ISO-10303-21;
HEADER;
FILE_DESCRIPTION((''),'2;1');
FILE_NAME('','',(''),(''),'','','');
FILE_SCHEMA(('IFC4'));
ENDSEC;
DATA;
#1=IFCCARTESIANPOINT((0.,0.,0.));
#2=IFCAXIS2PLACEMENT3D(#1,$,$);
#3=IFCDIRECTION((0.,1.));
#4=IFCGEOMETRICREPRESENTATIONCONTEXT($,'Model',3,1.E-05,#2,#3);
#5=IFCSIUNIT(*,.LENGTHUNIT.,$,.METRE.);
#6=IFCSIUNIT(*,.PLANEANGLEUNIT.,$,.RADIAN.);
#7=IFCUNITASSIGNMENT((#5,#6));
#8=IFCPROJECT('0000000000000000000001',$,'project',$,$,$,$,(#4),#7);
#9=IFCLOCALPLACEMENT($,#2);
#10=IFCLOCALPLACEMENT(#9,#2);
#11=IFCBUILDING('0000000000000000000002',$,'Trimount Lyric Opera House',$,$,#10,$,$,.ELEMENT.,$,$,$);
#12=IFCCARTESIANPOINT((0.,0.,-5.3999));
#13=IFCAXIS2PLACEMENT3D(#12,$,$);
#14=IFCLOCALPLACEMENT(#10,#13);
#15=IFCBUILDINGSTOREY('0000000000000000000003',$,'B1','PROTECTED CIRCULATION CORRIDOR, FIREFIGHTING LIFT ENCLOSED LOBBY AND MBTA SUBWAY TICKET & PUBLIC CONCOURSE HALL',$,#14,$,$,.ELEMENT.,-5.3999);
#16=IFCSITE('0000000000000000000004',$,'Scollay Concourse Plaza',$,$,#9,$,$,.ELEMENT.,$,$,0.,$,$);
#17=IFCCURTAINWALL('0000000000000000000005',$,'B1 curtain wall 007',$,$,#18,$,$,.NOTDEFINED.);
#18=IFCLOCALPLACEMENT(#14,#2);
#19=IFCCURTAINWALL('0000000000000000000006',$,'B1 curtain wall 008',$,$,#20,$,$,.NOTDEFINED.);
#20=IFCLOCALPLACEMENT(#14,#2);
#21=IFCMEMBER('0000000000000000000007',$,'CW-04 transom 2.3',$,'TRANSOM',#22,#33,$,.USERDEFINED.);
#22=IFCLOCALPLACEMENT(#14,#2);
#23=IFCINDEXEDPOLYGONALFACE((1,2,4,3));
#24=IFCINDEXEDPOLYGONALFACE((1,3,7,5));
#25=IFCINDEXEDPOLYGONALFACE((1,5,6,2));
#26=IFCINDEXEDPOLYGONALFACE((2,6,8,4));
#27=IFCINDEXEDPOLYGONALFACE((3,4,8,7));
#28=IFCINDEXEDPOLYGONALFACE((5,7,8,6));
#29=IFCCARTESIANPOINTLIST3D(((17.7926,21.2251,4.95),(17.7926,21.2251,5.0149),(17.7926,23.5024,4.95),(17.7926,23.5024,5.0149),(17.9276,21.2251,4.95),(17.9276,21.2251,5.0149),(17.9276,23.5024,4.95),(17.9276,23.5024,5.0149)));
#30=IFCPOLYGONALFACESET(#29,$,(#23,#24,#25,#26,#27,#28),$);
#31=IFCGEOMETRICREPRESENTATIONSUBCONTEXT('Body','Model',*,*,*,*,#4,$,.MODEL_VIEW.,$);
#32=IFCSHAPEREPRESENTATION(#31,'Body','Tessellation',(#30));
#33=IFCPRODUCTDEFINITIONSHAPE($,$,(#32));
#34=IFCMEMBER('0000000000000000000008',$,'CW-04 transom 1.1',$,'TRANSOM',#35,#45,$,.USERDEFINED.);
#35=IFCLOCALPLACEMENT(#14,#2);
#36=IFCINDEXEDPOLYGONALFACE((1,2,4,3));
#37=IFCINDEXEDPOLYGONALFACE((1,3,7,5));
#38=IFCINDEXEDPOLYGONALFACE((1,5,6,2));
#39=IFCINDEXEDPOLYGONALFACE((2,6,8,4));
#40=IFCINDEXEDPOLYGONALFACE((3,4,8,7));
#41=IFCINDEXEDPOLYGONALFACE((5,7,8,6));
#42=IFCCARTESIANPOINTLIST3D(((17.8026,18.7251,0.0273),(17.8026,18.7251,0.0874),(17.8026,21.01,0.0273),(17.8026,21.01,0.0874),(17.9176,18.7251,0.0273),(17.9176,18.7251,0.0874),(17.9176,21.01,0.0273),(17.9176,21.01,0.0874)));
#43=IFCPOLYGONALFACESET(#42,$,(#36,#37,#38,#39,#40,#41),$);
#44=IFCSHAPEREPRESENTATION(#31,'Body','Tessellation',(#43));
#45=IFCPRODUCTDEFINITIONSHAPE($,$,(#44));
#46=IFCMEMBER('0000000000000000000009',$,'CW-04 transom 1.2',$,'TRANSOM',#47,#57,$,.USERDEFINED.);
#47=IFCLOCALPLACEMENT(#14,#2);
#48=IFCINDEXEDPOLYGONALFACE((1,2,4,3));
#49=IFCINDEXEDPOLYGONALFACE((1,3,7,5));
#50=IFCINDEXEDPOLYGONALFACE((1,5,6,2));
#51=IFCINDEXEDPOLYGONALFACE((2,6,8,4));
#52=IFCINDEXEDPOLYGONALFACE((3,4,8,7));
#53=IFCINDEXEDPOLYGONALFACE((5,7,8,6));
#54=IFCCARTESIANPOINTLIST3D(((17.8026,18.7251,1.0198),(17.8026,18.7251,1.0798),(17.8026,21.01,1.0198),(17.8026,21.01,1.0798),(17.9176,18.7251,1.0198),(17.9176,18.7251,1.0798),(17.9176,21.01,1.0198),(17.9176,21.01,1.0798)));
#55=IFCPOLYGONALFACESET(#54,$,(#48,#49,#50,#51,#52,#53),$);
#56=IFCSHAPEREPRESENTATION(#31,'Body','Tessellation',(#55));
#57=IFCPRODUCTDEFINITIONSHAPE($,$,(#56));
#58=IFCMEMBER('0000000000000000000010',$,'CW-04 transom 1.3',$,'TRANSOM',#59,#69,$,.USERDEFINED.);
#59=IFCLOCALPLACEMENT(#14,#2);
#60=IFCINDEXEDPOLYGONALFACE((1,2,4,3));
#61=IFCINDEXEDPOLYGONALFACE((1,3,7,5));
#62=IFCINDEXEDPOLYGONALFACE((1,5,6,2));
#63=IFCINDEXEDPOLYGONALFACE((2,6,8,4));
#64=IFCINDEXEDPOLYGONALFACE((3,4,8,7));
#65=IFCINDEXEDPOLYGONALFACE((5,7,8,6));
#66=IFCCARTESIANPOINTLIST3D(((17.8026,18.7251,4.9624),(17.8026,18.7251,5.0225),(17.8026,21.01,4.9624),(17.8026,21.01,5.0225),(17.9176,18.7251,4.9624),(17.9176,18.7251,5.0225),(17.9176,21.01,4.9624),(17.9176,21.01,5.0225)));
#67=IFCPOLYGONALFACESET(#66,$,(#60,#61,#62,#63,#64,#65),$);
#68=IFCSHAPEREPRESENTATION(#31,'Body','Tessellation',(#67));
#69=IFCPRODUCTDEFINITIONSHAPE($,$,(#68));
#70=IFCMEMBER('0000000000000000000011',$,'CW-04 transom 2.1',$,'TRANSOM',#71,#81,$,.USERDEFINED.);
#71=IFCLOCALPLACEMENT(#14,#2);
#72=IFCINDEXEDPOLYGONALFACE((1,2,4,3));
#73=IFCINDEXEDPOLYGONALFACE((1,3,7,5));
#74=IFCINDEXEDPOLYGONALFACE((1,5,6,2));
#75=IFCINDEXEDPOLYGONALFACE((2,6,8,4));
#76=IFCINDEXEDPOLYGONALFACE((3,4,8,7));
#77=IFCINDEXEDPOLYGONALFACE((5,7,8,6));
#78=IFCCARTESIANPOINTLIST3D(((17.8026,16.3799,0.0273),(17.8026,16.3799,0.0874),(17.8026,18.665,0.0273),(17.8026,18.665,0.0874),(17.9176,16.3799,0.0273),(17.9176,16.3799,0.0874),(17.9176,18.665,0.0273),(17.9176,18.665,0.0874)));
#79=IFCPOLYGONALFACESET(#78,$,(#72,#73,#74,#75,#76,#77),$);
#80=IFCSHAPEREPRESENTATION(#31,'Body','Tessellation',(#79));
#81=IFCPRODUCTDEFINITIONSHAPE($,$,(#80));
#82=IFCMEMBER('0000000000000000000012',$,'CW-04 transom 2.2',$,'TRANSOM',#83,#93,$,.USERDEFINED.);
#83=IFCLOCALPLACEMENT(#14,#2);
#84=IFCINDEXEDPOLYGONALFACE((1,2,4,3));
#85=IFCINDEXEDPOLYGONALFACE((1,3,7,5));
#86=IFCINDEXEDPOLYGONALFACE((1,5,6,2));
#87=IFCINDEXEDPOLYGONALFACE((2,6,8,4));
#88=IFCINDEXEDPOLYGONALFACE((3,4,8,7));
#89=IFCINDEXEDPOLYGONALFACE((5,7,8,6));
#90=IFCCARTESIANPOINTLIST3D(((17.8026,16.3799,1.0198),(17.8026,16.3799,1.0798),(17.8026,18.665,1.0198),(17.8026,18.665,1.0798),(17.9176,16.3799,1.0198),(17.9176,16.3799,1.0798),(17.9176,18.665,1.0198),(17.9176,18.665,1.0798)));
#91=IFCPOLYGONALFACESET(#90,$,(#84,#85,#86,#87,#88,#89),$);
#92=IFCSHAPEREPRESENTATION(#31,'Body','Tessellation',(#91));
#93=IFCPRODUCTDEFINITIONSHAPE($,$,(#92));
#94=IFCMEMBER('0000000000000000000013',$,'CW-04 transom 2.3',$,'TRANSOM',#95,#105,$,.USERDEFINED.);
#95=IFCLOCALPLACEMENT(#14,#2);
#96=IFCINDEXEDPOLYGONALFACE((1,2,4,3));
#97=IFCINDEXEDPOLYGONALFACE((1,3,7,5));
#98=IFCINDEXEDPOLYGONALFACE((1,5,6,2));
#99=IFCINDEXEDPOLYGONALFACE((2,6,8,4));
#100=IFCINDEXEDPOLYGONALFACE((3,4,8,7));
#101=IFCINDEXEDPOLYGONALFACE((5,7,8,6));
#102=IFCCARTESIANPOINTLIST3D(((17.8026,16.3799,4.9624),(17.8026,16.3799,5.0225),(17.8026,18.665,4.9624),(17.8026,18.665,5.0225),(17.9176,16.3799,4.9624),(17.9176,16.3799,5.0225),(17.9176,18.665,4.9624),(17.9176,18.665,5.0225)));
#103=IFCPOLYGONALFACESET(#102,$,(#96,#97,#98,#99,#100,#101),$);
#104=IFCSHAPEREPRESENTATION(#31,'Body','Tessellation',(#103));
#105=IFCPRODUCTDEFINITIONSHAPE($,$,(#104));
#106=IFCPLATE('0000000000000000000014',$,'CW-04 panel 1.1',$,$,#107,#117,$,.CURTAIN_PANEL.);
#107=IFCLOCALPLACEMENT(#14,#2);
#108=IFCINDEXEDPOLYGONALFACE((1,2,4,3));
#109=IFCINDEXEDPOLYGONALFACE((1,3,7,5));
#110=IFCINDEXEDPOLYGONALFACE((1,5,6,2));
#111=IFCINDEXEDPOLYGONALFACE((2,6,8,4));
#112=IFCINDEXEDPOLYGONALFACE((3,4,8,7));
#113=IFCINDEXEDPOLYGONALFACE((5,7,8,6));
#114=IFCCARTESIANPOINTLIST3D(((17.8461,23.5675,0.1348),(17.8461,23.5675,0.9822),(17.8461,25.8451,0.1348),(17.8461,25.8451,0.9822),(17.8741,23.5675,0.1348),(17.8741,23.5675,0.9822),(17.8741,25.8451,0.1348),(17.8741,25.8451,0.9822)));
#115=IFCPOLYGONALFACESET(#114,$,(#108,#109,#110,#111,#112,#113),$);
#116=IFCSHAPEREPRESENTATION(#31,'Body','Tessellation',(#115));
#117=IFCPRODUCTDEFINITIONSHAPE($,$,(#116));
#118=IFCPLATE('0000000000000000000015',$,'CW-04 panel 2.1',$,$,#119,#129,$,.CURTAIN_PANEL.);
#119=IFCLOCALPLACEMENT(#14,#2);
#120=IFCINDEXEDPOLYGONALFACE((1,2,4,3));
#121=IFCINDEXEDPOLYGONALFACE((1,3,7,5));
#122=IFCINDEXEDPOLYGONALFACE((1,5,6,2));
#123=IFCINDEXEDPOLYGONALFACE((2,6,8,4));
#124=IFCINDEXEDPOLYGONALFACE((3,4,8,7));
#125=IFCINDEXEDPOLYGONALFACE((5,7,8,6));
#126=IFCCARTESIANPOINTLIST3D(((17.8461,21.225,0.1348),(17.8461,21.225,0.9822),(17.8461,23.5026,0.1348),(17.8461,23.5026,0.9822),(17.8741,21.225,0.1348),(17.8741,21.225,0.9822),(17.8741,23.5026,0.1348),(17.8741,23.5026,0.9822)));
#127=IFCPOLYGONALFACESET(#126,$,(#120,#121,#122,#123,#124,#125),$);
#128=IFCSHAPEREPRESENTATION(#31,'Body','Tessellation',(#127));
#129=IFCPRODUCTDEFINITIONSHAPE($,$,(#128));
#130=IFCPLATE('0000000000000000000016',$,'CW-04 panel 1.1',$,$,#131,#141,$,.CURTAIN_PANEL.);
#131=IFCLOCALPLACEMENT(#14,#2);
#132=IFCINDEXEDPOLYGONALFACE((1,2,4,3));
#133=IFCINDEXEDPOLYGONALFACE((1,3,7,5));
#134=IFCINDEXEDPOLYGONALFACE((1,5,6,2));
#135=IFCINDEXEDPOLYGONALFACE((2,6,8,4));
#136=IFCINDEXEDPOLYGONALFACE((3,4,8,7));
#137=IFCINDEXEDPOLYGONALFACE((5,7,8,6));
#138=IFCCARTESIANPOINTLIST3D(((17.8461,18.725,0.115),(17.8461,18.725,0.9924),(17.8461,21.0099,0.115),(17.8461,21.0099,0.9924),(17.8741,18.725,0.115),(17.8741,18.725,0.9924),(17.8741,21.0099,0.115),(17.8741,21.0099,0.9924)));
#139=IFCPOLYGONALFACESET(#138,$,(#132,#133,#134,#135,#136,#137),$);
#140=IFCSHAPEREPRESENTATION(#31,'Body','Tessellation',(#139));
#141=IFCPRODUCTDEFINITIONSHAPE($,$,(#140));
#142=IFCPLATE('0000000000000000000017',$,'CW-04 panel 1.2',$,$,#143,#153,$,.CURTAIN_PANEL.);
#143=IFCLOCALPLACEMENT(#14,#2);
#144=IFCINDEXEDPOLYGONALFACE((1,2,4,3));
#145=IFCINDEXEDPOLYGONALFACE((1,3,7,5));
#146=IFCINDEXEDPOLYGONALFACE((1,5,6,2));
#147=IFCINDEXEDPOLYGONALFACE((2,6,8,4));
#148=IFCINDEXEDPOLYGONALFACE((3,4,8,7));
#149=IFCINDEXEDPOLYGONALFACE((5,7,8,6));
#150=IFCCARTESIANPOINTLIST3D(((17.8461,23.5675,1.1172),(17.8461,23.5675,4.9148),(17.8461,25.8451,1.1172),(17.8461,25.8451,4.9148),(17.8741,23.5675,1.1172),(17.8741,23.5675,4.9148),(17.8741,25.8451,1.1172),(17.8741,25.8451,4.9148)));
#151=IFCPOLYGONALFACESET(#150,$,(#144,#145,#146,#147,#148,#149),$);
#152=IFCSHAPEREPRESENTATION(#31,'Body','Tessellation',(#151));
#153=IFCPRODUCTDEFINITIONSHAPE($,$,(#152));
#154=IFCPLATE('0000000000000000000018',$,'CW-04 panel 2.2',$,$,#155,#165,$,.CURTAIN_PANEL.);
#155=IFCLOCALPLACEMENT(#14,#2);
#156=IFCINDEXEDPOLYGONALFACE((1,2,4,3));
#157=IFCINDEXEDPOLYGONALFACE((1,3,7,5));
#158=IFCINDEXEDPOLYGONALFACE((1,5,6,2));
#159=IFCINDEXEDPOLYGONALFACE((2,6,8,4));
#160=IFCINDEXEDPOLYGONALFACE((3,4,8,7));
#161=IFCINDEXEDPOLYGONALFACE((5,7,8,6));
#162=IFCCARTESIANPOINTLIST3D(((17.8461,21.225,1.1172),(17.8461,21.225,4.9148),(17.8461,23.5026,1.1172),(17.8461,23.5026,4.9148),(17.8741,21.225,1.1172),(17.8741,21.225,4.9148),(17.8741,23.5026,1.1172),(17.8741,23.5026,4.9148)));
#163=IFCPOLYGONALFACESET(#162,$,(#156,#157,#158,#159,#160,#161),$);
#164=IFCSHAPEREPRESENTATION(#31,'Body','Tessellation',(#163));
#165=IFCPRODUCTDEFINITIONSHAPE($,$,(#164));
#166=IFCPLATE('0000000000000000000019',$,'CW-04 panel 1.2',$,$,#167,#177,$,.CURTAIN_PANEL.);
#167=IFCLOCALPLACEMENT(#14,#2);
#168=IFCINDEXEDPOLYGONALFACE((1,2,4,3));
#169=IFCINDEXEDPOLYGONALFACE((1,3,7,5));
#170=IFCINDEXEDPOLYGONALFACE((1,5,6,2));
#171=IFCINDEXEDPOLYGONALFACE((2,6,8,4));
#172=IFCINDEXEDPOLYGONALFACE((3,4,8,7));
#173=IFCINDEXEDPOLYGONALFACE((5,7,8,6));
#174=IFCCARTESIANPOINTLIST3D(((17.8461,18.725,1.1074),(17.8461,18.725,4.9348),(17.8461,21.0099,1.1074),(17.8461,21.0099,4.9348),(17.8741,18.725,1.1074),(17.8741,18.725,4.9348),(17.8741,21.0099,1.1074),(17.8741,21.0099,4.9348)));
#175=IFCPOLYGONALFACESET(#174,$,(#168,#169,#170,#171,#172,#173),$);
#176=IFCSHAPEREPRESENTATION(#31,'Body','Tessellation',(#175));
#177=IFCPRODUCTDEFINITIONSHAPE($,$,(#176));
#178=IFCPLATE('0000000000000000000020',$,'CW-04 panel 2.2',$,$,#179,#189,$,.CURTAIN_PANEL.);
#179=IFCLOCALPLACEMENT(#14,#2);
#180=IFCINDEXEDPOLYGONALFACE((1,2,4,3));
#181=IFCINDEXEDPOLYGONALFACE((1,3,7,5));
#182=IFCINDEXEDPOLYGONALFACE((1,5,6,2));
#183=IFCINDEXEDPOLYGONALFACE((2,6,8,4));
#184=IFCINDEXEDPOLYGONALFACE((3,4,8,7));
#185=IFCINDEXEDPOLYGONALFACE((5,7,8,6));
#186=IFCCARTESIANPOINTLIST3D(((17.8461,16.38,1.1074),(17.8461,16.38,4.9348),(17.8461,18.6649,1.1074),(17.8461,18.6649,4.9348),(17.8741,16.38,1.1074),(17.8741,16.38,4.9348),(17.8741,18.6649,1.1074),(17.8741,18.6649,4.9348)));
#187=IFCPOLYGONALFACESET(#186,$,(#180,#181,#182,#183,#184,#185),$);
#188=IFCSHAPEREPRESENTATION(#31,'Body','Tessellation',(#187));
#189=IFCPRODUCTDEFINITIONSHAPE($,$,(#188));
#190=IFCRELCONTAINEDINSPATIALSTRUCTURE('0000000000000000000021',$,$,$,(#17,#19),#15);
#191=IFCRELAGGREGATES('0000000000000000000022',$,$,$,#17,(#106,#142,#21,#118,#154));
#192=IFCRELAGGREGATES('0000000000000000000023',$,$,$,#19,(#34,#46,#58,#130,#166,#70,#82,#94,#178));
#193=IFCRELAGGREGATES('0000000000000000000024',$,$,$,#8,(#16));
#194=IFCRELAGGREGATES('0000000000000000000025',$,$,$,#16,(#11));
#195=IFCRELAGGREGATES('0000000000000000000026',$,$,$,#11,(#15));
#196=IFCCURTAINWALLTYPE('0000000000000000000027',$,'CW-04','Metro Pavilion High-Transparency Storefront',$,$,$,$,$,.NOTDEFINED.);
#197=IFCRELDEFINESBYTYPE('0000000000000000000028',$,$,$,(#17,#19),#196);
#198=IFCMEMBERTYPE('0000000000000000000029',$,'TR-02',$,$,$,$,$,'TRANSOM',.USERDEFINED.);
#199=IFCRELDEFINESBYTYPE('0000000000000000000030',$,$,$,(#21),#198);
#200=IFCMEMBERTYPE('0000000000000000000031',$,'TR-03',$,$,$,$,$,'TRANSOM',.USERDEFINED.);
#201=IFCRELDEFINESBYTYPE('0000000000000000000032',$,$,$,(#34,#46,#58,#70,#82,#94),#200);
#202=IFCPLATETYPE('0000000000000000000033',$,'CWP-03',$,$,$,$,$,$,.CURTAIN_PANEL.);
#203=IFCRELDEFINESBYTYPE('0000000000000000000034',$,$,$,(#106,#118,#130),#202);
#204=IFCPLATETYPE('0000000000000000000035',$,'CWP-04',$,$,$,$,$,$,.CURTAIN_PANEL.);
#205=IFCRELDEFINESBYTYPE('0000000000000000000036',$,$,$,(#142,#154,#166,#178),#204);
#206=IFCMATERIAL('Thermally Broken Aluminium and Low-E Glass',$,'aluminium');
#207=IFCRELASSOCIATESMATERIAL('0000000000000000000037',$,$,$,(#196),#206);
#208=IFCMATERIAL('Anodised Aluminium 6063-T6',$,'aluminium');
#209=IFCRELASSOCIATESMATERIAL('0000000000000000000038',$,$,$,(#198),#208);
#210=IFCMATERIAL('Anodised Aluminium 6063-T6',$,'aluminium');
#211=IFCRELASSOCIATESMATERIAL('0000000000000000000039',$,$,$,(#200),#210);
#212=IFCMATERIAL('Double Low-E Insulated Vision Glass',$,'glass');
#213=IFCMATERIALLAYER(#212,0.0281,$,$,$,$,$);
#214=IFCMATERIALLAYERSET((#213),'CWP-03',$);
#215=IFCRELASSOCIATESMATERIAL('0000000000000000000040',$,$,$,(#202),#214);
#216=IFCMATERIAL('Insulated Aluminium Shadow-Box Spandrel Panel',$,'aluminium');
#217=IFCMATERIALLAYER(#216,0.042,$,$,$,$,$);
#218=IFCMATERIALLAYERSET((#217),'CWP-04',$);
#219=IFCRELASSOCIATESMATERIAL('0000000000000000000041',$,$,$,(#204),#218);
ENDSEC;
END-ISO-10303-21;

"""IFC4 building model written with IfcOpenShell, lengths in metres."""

from ifc_helpers import new_model, si_unit, direction, frame, origin, origin_2d, place, context, subcontext, project, spatial, rectangle, extrude, material, layer, layer_set, material_profile, profile_set, type_object, element, aggregate, save


model = new_model("IFC4")

# Units and contexts
model_context = context("Model", 3, precision=1e-05, world=origin(), true_north=direction((0.0, 1.0)))
body_context = subcontext(model_context, "Body", "Model", "MODEL_VIEW")
ifc_project = project(units=[si_unit("LENGTHUNIT", "METRE"), si_unit("PLANEANGLEUNIT", "RADIAN")], contexts=[model_context])

# Site, building, storey
site_placement = place(None, origin())
site = spatial("IfcSite", under=ifc_project, at=site_placement, Name="Scollay Concourse Plaza", CompositionType="ELEMENT", RefElevation=0.0)
building_placement = place(site_placement, origin())
building = spatial("IfcBuilding", under=site, at=building_placement, Name="Trimount Lyric Opera House", CompositionType="ELEMENT")
storey_placement = place(building_placement, frame((0.0, 0.0, -5.3999)))
storey = spatial("IfcBuildingStorey", under=building, at=storey_placement, Name="B1", Description="PROTECTED CIRCULATION CORRIDOR, FIREFIGHTING LIFT ENCLOSED LOBBY AND MBTA SUBWAY TICKET & PUBLIC CONCOURSE HALL", CompositionType="ELEMENT", Elevation=-5.3999)

# Curtain walls
ifc_material_1 = material(Name="Thermally Broken Aluminium and Low-E Glass", Category="aluminium")
curtain_wall_type = type_object("IfcCurtainWallType", Name="CW-04", Description="Metro Pavilion High-Transparency Storefront", PredefinedType="NOTDEFINED", material=ifc_material_1)
curtain_wall_1_placement = place(storey_placement, origin())
curtain_wall_1 = element("IfcCurtainWall", 1, at=curtain_wall_1_placement, inside=storey, type_object=curtain_wall_type, Name="B1 curtain wall 007", PredefinedType="NOTDEFINED")
curtain_wall_2_placement = place(storey_placement, origin())
curtain_wall_2 = element("IfcCurtainWall", 2, at=curtain_wall_2_placement, inside=storey, type_object=curtain_wall_type, Name="B1 curtain wall 008", PredefinedType="NOTDEFINED")

# Members
ifc_material_2 = material(Name="Anodised Aluminium 6063-T6", Category="aluminium")
ifc_material_profile_1 = material_profile(ifc_material_2, rectangle(XDim=0.135, YDim=0.0649, at=origin_2d()), Name="ALU-TRAN-65X135")
ifc_profile_set_1 = profile_set([ifc_material_profile_1], Name="Anodised Aluminium 6063-T6")
member_type_1 = type_object("IfcMemberType", Name="TR-02", ElementType="TRANSOM", PredefinedType="USERDEFINED", material=ifc_profile_set_1)
member_1_placement = place(storey_placement, frame((17.8601, 23.5024, 4.9824), z_axis=(0.0, -1.0, 0.0), x_axis=(1.0, 0.0, 0.0)))
member_1 = element("IfcMember", 3, at=member_1_placement, type_object=member_type_1, Name="CW-04 transom 2.3", ObjectType="TRANSOM", PredefinedType="USERDEFINED", context=body_context, shape_type="SweptSolid", body=[
    extrude(rectangle(XDim=0.135, YDim=0.0649, at=origin_2d()), origin(), (0.0, 0.0, 1.0), 2.2773),
])
ifc_material_3 = material(Name="Anodised Aluminium 6063-T6", Category="aluminium")
ifc_material_profile_2 = material_profile(ifc_material_3, rectangle(XDim=0.115, YDim=0.0601, at=origin_2d()), Name="ALU-TRAN-60X115")
ifc_profile_set_2 = profile_set([ifc_material_profile_2], Name="Anodised Aluminium 6063-T6")
member_type_2 = type_object("IfcMemberType", Name="TR-03", ElementType="TRANSOM", PredefinedType="USERDEFINED", material=ifc_profile_set_2)
member_2_placement = place(storey_placement, frame((17.8601, 21.01, 0.0574), z_axis=(0.0, -1.0, 0.0), x_axis=(1.0, 0.0, 0.0)))
member_2 = element("IfcMember", 4, at=member_2_placement, type_object=member_type_2, Name="CW-04 transom 1.1", ObjectType="TRANSOM", PredefinedType="USERDEFINED", context=body_context, shape_type="SweptSolid", body=[
    extrude(rectangle(XDim=0.115, YDim=0.0601, at=origin_2d()), origin(), (0.0, 0.0, 1.0), 2.2849),
])
member_3_placement = place(storey_placement, frame((17.8601, 21.01, 1.0498), z_axis=(0.0, -1.0, 0.0), x_axis=(1.0, 0.0, 0.0)))
member_3 = element("IfcMember", 5, at=member_3_placement, type_object=member_type_2, Name="CW-04 transom 1.2", ObjectType="TRANSOM", PredefinedType="USERDEFINED", context=body_context, shape_type="SweptSolid", body=[
    extrude(rectangle(XDim=0.115, YDim=0.0601, at=origin_2d()), origin(), (0.0, 0.0, 1.0), 2.2849),
])
member_4_placement = place(storey_placement, frame((17.8601, 21.01, 4.9924), z_axis=(0.0, -1.0, 0.0), x_axis=(1.0, 0.0, 0.0)))
member_4 = element("IfcMember", 6, at=member_4_placement, type_object=member_type_2, Name="CW-04 transom 1.3", ObjectType="TRANSOM", PredefinedType="USERDEFINED", context=body_context, shape_type="SweptSolid", body=[
    extrude(rectangle(XDim=0.115, YDim=0.0601, at=origin_2d()), origin(), (0.0, 0.0, 1.0), 2.2849),
])
member_5_placement = place(storey_placement, frame((17.8601, 18.665, 0.0574), z_axis=(0.0, -1.0, 0.0), x_axis=(1.0, 0.0, 0.0)))
member_5 = element("IfcMember", 7, at=member_5_placement, type_object=member_type_2, Name="CW-04 transom 2.1", ObjectType="TRANSOM", PredefinedType="USERDEFINED", context=body_context, shape_type="SweptSolid", body=[
    extrude(rectangle(XDim=0.115, YDim=0.0601, at=origin_2d()), origin(), (0.0, 0.0, 1.0), 2.2852),
])
member_6_placement = place(storey_placement, frame((17.8601, 18.665, 1.0498), z_axis=(0.0, -1.0, 0.0), x_axis=(1.0, 0.0, 0.0)))
member_6 = element("IfcMember", 8, at=member_6_placement, type_object=member_type_2, Name="CW-04 transom 2.2", ObjectType="TRANSOM", PredefinedType="USERDEFINED", context=body_context, shape_type="SweptSolid", body=[
    extrude(rectangle(XDim=0.115, YDim=0.0601, at=origin_2d()), origin(), (0.0, 0.0, 1.0), 2.2852),
])
member_7_placement = place(storey_placement, frame((17.8601, 18.665, 4.9924), z_axis=(0.0, -1.0, 0.0), x_axis=(1.0, 0.0, 0.0)))
member_7 = element("IfcMember", 9, at=member_7_placement, type_object=member_type_2, Name="CW-04 transom 2.3", ObjectType="TRANSOM", PredefinedType="USERDEFINED", context=body_context, shape_type="SweptSolid", body=[
    extrude(rectangle(XDim=0.115, YDim=0.0601, at=origin_2d()), origin(), (0.0, 0.0, 1.0), 2.2852),
])

# Plates
ifc_material_4 = material(Name="Double Low-E Insulated Vision Glass", Category="glass")
ifc_layer_1 = layer(ifc_material_4, 0.0281)
ifc_layer_set_1 = layer_set([ifc_layer_1], Name="CWP-03")
plate_type_1 = type_object("IfcPlateType", Name="CWP-03", PredefinedType="CURTAIN_PANEL", material=ifc_layer_set_1)
plate_1_placement = place(storey_placement, frame((17.8601, 24.7063, 0.1348), z_axis=(0.0, 0.0, 1.0), x_axis=(0.0, -1.0, 0.0)))
plate_1 = element("IfcPlate", 10, at=plate_1_placement, type_object=plate_type_1, Name="CW-04 panel 1.1", PredefinedType="CURTAIN_PANEL", context=body_context, shape_type="SweptSolid", body=[
    extrude(rectangle(XDim=2.2776, YDim=0.0281, at=origin_2d()), origin(), (0.0, 0.0, 1.0), 0.8474),
])
plate_2_placement = place(storey_placement, frame((17.8601, 22.3638, 0.1348), z_axis=(0.0, 0.0, 1.0), x_axis=(0.0, -1.0, 0.0)))
plate_2 = element("IfcPlate", 11, at=plate_2_placement, type_object=plate_type_1, Name="CW-04 panel 2.1", PredefinedType="CURTAIN_PANEL", context=body_context, shape_type="SweptSolid", body=[
    extrude(rectangle(XDim=2.2776, YDim=0.0281, at=origin_2d()), origin(), (0.0, 0.0, 1.0), 0.8474),
])
plate_3_placement = place(storey_placement, frame((17.8601, 19.8674, 0.115), z_axis=(0.0, 0.0, 1.0), x_axis=(0.0, -1.0, 0.0)))
plate_3 = element("IfcPlate", 12, at=plate_3_placement, type_object=plate_type_1, Name="CW-04 panel 1.1", PredefinedType="CURTAIN_PANEL", context=body_context, shape_type="SweptSolid", body=[
    extrude(rectangle(XDim=2.2849, YDim=0.0281, at=origin_2d()), origin(), (0.0, 0.0, 1.0), 0.8774),
])
ifc_material_5 = material(Name="Insulated Aluminium Shadow-Box Spandrel Panel", Category="aluminium")
ifc_layer_2 = layer(ifc_material_5, 0.042)
ifc_layer_set_2 = layer_set([ifc_layer_2], Name="CWP-04")
plate_type_2 = type_object("IfcPlateType", Name="CWP-04", PredefinedType="CURTAIN_PANEL", material=ifc_layer_set_2)
plate_4_placement = place(storey_placement, frame((17.8601, 24.7063, 1.1172), z_axis=(0.0, 0.0, 1.0), x_axis=(0.0, -1.0, 0.0)))
plate_4 = element("IfcPlate", 13, at=plate_4_placement, type_object=plate_type_2, Name="CW-04 panel 1.2", PredefinedType="CURTAIN_PANEL", context=body_context, shape_type="SweptSolid", body=[
    extrude(rectangle(XDim=2.2776, YDim=0.0281, at=origin_2d()), origin(), (0.0, 0.0, 1.0), 3.7976),
])
plate_5_placement = place(storey_placement, frame((17.8601, 22.3638, 1.1172), z_axis=(0.0, 0.0, 1.0), x_axis=(0.0, -1.0, 0.0)))
plate_5 = element("IfcPlate", 14, at=plate_5_placement, type_object=plate_type_2, Name="CW-04 panel 2.2", PredefinedType="CURTAIN_PANEL", context=body_context, shape_type="SweptSolid", body=[
    extrude(rectangle(XDim=2.2776, YDim=0.0281, at=origin_2d()), origin(), (0.0, 0.0, 1.0), 3.7976),
])
aggregate(curtain_wall_1, [plate_1, plate_4, member_1, plate_2, plate_5])
plate_6_placement = place(storey_placement, frame((17.8601, 19.8674, 1.1074), z_axis=(0.0, 0.0, 1.0), x_axis=(0.0, -1.0, 0.0)))
plate_6 = element("IfcPlate", 15, at=plate_6_placement, type_object=plate_type_2, Name="CW-04 panel 1.2", PredefinedType="CURTAIN_PANEL", context=body_context, shape_type="SweptSolid", body=[
    extrude(rectangle(XDim=2.2849, YDim=0.0281, at=origin_2d()), origin(), (0.0, 0.0, 1.0), 3.8274),
])
plate_7_placement = place(storey_placement, frame((17.8601, 17.5225, 1.1074), z_axis=(0.0, 0.0, 1.0), x_axis=(0.0, -1.0, 0.0)))
plate_7 = element("IfcPlate", 16, at=plate_7_placement, type_object=plate_type_2, Name="CW-04 panel 2.2", PredefinedType="CURTAIN_PANEL", context=body_context, shape_type="SweptSolid", body=[
    extrude(rectangle(XDim=2.2849, YDim=0.0281, at=origin_2d()), origin(), (0.0, 0.0, 1.0), 3.8274),
])
aggregate(curtain_wall_2, [member_2, member_3, member_4, plate_3, plate_6, member_5, member_6, member_7, plate_7])

save(model, "model.ifc")
